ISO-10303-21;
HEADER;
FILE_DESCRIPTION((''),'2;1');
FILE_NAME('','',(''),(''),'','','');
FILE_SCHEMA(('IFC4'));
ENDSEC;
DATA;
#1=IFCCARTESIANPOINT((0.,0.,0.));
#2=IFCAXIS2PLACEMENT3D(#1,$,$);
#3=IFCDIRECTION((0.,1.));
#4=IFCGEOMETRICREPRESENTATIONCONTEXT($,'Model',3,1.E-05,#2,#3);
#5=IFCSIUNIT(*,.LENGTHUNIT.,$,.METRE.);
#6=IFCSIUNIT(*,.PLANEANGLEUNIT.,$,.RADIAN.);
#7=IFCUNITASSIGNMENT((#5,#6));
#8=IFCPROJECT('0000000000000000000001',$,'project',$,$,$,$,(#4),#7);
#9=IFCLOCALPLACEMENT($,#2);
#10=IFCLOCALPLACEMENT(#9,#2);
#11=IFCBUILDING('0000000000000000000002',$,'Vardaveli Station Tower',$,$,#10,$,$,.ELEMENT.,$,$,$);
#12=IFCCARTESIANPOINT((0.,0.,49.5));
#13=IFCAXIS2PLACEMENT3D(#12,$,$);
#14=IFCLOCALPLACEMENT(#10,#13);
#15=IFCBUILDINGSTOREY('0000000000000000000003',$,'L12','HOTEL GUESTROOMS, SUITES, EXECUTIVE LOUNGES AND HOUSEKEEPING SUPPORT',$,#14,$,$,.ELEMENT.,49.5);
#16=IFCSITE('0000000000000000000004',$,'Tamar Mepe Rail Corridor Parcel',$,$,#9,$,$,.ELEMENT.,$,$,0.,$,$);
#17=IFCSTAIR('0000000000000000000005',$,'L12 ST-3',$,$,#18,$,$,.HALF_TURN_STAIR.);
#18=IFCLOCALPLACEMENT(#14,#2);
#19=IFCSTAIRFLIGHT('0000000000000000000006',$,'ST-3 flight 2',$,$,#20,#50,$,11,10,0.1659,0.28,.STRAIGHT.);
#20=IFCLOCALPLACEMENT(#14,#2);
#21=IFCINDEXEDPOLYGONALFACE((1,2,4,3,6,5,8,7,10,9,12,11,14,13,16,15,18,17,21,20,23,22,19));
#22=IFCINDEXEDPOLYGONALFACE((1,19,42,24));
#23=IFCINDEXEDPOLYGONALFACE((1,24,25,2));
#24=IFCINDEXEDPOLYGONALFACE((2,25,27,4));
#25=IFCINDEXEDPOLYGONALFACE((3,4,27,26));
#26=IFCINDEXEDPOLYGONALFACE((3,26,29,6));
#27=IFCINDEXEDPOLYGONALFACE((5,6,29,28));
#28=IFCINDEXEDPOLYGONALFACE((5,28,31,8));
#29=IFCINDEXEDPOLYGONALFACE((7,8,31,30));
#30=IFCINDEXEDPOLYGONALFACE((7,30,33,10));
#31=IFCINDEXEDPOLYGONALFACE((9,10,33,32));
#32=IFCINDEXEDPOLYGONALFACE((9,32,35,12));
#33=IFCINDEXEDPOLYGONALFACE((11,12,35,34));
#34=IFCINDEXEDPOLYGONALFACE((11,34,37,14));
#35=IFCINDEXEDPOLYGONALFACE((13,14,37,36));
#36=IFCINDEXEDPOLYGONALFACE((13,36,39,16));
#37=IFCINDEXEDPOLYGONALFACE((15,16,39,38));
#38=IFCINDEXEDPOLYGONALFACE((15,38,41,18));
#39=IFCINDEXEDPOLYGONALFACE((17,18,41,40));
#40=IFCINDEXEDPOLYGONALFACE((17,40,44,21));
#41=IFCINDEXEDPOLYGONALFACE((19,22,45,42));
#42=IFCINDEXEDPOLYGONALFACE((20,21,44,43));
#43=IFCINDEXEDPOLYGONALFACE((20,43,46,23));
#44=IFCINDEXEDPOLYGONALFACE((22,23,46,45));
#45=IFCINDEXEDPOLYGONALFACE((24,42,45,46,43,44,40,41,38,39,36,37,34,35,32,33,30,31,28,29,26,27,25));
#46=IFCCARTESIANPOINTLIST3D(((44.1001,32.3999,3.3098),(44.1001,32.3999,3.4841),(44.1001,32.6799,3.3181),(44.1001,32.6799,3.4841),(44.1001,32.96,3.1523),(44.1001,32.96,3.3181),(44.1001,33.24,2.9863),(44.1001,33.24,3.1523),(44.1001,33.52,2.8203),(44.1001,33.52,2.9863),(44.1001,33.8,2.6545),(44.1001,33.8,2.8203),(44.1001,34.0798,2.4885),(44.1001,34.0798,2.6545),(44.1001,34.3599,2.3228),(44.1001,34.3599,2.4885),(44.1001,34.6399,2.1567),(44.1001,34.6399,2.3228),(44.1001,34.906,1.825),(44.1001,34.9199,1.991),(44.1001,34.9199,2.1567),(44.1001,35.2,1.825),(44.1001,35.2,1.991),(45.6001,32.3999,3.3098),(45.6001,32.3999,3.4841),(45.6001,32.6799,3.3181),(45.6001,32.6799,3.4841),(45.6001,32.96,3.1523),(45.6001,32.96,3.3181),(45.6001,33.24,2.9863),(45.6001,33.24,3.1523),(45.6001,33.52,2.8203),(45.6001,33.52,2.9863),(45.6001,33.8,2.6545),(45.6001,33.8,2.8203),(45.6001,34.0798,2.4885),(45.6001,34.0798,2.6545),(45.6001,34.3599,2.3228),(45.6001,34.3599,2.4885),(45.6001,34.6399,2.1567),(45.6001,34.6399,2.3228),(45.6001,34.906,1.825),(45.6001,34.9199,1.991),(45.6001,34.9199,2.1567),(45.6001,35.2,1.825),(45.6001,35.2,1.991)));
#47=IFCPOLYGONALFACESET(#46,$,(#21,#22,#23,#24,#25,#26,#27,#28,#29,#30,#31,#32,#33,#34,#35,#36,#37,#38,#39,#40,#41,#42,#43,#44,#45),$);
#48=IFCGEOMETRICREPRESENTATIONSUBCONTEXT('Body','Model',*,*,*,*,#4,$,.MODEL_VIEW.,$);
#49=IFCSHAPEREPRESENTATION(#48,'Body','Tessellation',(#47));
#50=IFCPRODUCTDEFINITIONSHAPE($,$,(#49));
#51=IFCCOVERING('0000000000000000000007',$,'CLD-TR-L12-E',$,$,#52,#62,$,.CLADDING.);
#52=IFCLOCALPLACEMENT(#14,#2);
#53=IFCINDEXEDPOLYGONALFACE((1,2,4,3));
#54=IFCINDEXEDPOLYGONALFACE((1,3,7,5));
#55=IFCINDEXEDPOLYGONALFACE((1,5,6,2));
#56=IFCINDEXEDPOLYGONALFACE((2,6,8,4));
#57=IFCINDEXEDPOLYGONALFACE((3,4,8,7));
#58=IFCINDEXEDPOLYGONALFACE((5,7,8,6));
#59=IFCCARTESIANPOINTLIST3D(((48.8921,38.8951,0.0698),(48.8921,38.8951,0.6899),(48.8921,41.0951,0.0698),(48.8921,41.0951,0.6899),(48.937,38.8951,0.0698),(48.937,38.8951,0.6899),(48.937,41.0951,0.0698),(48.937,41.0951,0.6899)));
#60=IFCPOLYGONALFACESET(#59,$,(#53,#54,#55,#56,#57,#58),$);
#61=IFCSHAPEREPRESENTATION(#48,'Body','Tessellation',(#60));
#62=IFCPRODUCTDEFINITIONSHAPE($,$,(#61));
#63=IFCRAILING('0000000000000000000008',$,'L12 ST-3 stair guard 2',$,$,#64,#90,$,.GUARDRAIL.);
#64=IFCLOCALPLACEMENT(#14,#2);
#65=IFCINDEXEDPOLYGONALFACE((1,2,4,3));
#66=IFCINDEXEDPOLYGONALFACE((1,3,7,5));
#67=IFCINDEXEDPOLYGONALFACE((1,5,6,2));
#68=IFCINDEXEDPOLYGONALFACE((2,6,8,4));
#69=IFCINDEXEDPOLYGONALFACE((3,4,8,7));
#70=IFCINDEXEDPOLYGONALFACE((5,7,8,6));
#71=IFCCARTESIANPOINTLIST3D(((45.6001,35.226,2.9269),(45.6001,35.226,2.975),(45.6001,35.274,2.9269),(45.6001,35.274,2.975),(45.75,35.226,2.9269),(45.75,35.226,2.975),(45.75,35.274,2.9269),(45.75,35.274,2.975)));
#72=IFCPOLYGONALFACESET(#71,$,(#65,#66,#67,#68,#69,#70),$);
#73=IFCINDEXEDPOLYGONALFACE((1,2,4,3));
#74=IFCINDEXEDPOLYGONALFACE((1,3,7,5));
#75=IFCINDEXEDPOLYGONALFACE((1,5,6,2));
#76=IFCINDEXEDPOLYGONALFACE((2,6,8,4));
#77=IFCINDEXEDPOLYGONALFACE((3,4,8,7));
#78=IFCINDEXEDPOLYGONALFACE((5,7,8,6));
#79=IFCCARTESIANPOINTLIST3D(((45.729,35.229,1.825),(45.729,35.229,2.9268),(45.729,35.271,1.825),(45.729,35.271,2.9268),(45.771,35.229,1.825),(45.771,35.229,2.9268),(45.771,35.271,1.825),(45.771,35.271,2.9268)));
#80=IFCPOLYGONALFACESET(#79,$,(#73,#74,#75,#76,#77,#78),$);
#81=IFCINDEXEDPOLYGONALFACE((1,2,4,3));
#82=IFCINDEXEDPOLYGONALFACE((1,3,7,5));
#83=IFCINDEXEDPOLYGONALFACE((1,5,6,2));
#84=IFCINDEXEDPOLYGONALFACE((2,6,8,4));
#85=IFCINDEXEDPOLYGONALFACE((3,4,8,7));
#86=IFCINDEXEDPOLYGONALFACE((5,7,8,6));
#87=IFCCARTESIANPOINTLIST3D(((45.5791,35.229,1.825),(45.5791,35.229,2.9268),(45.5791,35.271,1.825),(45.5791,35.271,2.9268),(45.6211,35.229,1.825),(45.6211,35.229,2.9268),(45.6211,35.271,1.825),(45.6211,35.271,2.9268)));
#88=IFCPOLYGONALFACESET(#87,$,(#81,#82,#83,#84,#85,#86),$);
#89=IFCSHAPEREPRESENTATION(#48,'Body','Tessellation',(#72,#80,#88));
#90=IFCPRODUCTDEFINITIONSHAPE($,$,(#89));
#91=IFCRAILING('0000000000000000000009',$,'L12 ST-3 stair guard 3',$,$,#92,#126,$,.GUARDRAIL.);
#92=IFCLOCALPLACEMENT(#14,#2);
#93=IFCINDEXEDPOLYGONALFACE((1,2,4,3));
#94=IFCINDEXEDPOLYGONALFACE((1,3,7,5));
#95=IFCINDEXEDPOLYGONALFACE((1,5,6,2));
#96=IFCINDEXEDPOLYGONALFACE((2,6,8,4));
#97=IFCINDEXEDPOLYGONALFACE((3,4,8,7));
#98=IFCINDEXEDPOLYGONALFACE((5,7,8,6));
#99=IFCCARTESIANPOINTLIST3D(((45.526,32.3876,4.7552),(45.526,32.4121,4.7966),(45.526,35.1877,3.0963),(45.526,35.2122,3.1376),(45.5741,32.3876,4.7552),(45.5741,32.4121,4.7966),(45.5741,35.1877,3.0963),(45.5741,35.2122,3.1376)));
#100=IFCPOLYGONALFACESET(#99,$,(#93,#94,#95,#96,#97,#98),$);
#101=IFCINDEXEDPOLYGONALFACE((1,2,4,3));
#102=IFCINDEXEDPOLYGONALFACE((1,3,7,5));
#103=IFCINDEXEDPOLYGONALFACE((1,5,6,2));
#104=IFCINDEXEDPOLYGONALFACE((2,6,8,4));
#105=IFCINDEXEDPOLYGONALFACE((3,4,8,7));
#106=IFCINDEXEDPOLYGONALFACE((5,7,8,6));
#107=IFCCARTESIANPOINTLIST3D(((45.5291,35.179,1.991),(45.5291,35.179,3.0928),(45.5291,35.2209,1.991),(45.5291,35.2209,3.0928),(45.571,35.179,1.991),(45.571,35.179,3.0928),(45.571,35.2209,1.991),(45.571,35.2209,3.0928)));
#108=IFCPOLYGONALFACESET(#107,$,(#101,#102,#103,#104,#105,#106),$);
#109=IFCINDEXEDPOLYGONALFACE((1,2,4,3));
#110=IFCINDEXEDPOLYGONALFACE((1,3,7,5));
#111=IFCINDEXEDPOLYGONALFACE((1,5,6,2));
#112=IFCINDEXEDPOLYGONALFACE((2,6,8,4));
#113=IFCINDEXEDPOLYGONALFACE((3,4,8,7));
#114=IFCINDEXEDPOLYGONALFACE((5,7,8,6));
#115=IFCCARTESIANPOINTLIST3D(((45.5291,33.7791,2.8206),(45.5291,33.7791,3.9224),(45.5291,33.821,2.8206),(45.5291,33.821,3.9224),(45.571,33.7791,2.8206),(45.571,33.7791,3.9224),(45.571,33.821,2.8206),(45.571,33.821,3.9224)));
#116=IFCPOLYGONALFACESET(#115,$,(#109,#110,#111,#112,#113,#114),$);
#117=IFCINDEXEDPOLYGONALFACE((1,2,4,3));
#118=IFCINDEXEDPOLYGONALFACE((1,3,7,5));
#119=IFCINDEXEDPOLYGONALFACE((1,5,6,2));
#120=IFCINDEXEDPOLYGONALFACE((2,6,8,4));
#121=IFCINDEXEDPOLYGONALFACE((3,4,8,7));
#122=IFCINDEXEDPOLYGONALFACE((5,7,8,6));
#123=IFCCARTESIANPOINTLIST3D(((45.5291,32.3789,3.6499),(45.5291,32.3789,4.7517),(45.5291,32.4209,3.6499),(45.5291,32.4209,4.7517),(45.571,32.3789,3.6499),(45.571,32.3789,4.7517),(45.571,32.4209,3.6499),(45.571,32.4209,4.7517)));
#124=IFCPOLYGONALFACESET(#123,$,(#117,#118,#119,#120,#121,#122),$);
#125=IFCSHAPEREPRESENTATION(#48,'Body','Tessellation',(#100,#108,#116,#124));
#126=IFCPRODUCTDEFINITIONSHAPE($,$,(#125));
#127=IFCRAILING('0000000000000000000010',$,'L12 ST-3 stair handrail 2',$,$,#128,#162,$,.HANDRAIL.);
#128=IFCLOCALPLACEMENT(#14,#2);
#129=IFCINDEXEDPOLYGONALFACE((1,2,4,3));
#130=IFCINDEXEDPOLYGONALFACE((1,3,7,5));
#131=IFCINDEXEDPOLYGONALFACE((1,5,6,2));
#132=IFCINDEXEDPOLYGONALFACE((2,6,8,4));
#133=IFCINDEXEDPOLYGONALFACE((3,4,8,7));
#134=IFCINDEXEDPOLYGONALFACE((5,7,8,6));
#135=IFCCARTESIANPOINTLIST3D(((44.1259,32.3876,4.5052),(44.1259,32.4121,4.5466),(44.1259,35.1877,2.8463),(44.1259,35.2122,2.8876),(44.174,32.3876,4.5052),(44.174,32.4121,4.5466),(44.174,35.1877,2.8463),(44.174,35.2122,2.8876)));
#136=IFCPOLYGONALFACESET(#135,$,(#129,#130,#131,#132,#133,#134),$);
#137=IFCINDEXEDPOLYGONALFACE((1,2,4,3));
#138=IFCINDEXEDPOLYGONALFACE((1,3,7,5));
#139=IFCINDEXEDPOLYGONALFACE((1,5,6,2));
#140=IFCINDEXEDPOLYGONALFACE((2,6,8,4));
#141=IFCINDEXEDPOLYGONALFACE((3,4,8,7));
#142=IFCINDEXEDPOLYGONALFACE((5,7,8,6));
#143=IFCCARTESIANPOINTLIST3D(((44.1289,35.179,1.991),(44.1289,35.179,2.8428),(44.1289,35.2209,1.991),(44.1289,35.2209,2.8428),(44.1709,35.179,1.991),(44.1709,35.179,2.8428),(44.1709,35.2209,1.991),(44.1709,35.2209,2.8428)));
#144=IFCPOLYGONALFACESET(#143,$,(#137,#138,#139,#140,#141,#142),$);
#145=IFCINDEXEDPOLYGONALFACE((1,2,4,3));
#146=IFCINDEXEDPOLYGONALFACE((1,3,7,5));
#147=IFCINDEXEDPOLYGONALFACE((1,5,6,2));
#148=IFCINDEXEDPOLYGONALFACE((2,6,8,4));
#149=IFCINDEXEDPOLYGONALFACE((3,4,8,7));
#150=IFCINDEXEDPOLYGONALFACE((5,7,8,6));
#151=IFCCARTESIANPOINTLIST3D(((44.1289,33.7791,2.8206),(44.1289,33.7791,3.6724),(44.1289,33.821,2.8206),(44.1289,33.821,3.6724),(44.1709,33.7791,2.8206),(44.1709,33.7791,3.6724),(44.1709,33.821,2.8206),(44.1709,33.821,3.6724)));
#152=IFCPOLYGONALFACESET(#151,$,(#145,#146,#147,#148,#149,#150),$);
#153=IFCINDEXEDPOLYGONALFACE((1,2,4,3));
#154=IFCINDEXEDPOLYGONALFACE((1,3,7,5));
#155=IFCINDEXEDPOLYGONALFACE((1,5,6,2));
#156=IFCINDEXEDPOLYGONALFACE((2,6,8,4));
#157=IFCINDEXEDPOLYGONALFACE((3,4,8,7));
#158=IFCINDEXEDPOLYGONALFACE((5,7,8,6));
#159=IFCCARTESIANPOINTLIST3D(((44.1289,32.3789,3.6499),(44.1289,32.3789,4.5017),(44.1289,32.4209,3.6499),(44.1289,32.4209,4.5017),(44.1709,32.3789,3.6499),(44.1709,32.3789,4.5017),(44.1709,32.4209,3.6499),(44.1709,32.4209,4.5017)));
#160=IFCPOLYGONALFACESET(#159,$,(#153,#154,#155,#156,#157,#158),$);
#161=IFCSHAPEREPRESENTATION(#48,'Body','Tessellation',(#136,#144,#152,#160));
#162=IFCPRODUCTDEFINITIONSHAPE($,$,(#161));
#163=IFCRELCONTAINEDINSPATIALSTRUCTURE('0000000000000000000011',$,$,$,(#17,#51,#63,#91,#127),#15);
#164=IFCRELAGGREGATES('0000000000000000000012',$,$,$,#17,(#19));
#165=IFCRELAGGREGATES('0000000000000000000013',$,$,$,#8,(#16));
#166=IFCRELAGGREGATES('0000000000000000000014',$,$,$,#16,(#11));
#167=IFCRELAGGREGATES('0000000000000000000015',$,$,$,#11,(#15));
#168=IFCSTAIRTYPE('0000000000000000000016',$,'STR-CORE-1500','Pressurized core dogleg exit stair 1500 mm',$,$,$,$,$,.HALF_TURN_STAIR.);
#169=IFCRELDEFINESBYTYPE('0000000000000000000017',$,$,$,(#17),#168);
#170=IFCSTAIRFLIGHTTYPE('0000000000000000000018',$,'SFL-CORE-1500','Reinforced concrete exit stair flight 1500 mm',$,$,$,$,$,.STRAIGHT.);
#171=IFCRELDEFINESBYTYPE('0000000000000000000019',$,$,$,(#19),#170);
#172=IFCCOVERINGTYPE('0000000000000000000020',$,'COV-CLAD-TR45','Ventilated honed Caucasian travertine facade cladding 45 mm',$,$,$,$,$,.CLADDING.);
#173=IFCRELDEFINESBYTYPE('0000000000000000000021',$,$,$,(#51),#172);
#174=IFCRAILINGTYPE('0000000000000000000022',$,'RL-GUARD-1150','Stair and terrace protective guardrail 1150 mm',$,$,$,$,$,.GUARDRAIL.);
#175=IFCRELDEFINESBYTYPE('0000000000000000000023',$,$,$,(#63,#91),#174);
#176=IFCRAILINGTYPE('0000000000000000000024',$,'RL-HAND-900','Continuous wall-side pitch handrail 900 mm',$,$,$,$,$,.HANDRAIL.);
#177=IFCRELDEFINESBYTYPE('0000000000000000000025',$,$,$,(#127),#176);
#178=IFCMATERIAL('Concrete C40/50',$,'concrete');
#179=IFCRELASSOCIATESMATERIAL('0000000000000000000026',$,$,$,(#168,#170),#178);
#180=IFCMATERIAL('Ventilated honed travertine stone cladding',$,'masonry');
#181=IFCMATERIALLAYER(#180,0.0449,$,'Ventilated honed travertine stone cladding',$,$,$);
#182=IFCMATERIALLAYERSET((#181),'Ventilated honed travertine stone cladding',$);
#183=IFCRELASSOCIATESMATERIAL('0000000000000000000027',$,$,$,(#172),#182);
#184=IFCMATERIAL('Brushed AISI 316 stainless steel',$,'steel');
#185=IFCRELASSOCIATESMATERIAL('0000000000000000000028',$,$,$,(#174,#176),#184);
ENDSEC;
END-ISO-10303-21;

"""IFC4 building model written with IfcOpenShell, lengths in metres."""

from ifc_helpers import new_model, si_unit, direction, frame, origin, origin_2d, place, context, subcontext, project, spatial, polyline, rectangle, outline, extrude, source, transform, mapped, material, layer, layer_set, type_object, element, aggregate, save


model = new_model("IFC4")

# Units and contexts
model_context = context("Model", 3, precision=1e-05, world=origin(), true_north=direction((0.0, 1.0)))
body_context = subcontext(model_context, "Body", "Model", "MODEL_VIEW")
ifc_project = project(units=[si_unit("LENGTHUNIT", "METRE"), si_unit("PLANEANGLEUNIT", "RADIAN")], contexts=[model_context])

# Site, building, storey
site_placement = place(None, origin())
site = spatial("IfcSite", under=ifc_project, at=site_placement, Name="Tamar Mepe Rail Corridor Parcel", CompositionType="ELEMENT", RefElevation=0.0)
building_placement = place(site_placement, origin())
building = spatial("IfcBuilding", under=site, at=building_placement, Name="Vardaveli Station Tower", CompositionType="ELEMENT")
storey_placement = place(building_placement, frame((0.0, 0.0, 49.5)))
storey = spatial("IfcBuildingStorey", under=building, at=storey_placement, Name="L12", Description="HOTEL GUESTROOMS, SUITES, EXECUTIVE LOUNGES AND HOUSEKEEPING SUPPORT", CompositionType="ELEMENT", Elevation=49.5)

# Shared definitions
ifc_material_1 = material(Name="Concrete C40/50", Category="concrete")

# Stair, stair flight
stair_type = type_object("IfcStairType", Name="STR-CORE-1500", Description="Pressurized core dogleg exit stair 1500 mm", PredefinedType="HALF_TURN_STAIR", material=ifc_material_1)
stair_placement = place(storey_placement, origin())
stair = element("IfcStair", 1, at=stair_placement, inside=storey, type_object=stair_type, Name="L12 ST-3", PredefinedType="HALF_TURN_STAIR")
stair_flight_type = type_object("IfcStairFlightType", Name="SFL-CORE-1500", Description="Reinforced concrete exit stair flight 1500 mm", PredefinedType="STRAIGHT", material=ifc_material_1)
shared_shape_1 = source(origin(), body_context, "Body", "SweptSolid", [
    extrude(outline(polyline([(0.0, 0.0), (0.0, 0.166), (0.28, 0.166), (0.28, 0.3318), (0.5601, 0.3318), (0.5601, 0.4978), (0.8401, 0.4978), (0.8401, 0.6636), (1.1201, 0.6636), (1.1201, 0.8296), (1.3999, 0.8296), (1.3999, 0.9954), (1.6799, 0.9954), (1.6799, 1.1614), (1.96, 1.1614), (1.96, 1.3274), (2.24, 1.3274), (2.24, 1.4932), (2.52, 1.4932), (2.52, 1.6592), (2.8, 1.6592), (2.8, 1.825), (2.8, 1.4849), (0.2939, 0.0), (0.0, 0.0)])), frame((0.0, 0.75, 0.0), z_axis=(0.0, -1.0, 0.0), x_axis=(1.0, 0.0, 0.0)), (0.0, 0.0, 1.0), 1.5),
])
stair_flight_placement = place(storey_placement, frame((44.8501, 35.2, 1.825), z_axis=(0.0, 0.0, 1.0), x_axis=(0.0, -1.0, 0.0)))
stair_flight = element("IfcStairFlight", 2, at=stair_flight_placement, type_object=stair_flight_type, Name="ST-3 flight 2", NumberOfRisers=11, NumberOfTreads=10, PredefinedType="STRAIGHT", RiserHeight=0.1659, TreadLength=0.28, context=body_context, shape_type="MappedRepresentation", body=[
    mapped(shared_shape_1, transform((0.0, 0.0, 0.0), scale=1.0)),
])
aggregate(stair, [stair_flight])

# Covering
ifc_material_2 = material(Name="Ventilated honed travertine stone cladding", Category="masonry")
ifc_layer_1 = layer(ifc_material_2, 0.0449, Name="Ventilated honed travertine stone cladding")
ifc_layer_set_1 = layer_set([ifc_layer_1], Name="Ventilated honed travertine stone cladding")
covering_type = type_object("IfcCoveringType", Name="COV-CLAD-TR45", Description="Ventilated honed Caucasian travertine facade cladding 45 mm", PredefinedType="CLADDING", material=ifc_layer_set_1)
shared_shape_2 = source(origin(), body_context, "Body", "SweptSolid", [
    extrude(rectangle(XDim=2.2, YDim=0.0449, at=origin_2d()), origin(), (0.0, 0.0, 1.0), 0.6201),
])
covering_placement = place(storey_placement, frame((48.9146, 39.9951, 0.0698), z_axis=(0.0, 0.0, 1.0), x_axis=(0.0, 1.0, 0.0)))
element("IfcCovering", 3, at=covering_placement, inside=storey, type_object=covering_type, Name="CLD-TR-L12-E", PredefinedType="CLADDING", context=body_context, shape_type="MappedRepresentation", body=[
    mapped(shared_shape_2, transform((0.0, 0.0, 0.0), scale=1.0)),
])

# Railings
ifc_material_3 = material(Name="Brushed AISI 316 stainless steel", Category="steel")
railing_type_1 = type_object("IfcRailingType", Name="RL-GUARD-1150", Description="Stair and terrace protective guardrail 1150 mm", PredefinedType="GUARDRAIL", material=ifc_material_3)
shared_shape_3 = source(origin(), body_context, "Body", "SweptSolid", [
    extrude(rectangle(XDim=0.0481, YDim=0.0481, at=origin_2d()), frame((0.0, 0.0, 1.126), z_axis=(-1.0, 0.0, 0.0), x_axis=(0.0, -1.0, 0.0)), (0.0, 0.0, 1.0), 0.1499),
    extrude(rectangle(XDim=0.042, YDim=0.042, at=origin_2d()), origin(), (0.0, 0.0, 1.0), 1.1018),
    extrude(rectangle(XDim=0.042, YDim=0.042, at=origin_2d()), frame((-0.1499, 0.0, 0.0)), (0.0, 0.0, 1.0), 1.1018),
])
railing_1_placement = place(storey_placement, frame((45.75, 35.25, 1.825)))
element("IfcRailing", 4, at=railing_1_placement, inside=storey, type_object=railing_type_1, Name="L12 ST-3 stair guard 2", PredefinedType="GUARDRAIL", context=body_context, shape_type="MappedRepresentation", body=[
    mapped(shared_shape_3, transform((0.0, 0.0, 0.0), scale=1.0)),
])
shared_shape_4 = source(origin(), body_context, "Body", "SweptSolid", [
    extrude(rectangle(XDim=0.0481, YDim=0.0481, at=origin_2d()), frame((0.0, 0.0, 1.126), z_axis=(0.0, -0.860339, 0.509722), x_axis=(1.0, 0.0, 0.0)), (0.0, 0.0, 1.0), 3.2546),
    extrude(rectangle(XDim=0.042, YDim=0.042, at=origin_2d()), origin(), (0.0, 0.0, 1.0), 1.1018),
    extrude(rectangle(XDim=0.042, YDim=0.042, at=origin_2d()), frame((0.0, -1.3999, 0.8296)), (0.0, 0.0, 1.0), 1.1018),
    extrude(rectangle(XDim=0.042, YDim=0.042, at=origin_2d()), frame((0.0, -2.8, 1.6589)), (0.0, 0.0, 1.0), 1.1018),
])
railing_2_placement = place(storey_placement, frame((45.55, 35.2, 1.991)))
element("IfcRailing", 5, at=railing_2_placement, inside=storey, type_object=railing_type_1, Name="L12 ST-3 stair guard 3", PredefinedType="GUARDRAIL", context=body_context, shape_type="MappedRepresentation", body=[
    mapped(shared_shape_4, transform((0.0, 0.0, 0.0), scale=1.0)),
])
railing_type_2 = type_object("IfcRailingType", Name="RL-HAND-900", Description="Continuous wall-side pitch handrail 900 mm", PredefinedType="HANDRAIL", material=ifc_material_3)
shared_shape_5 = source(origin(), body_context, "Body", "SweptSolid", [
    extrude(rectangle(XDim=0.0481, YDim=0.0481, at=origin_2d()), frame((0.0, 0.0, 0.876), z_axis=(0.0, -0.860339, 0.509722), x_axis=(1.0, 0.0, 0.0)), (0.0, 0.0, 1.0), 3.2546),
    extrude(rectangle(XDim=0.042, YDim=0.042, at=origin_2d()), origin(), (0.0, 0.0, 1.0), 0.8518),
    extrude(rectangle(XDim=0.042, YDim=0.042, at=origin_2d()), frame((0.0, -1.3999, 0.8296)), (0.0, 0.0, 1.0), 0.8518),
    extrude(rectangle(XDim=0.042, YDim=0.042, at=origin_2d()), frame((0.0, -2.8, 1.6589)), (0.0, 0.0, 1.0), 0.8518),
])
railing_3_placement = place(storey_placement, frame((44.1499, 35.2, 1.991)))
element("IfcRailing", 6, at=railing_3_placement, inside=storey, type_object=railing_type_2, Name="L12 ST-3 stair handrail 2", PredefinedType="HANDRAIL", context=body_context, shape_type="MappedRepresentation", body=[
    mapped(shared_shape_5, transform((0.0, 0.0, 0.0), scale=1.0)),
])

save(model, "model.ifc")
